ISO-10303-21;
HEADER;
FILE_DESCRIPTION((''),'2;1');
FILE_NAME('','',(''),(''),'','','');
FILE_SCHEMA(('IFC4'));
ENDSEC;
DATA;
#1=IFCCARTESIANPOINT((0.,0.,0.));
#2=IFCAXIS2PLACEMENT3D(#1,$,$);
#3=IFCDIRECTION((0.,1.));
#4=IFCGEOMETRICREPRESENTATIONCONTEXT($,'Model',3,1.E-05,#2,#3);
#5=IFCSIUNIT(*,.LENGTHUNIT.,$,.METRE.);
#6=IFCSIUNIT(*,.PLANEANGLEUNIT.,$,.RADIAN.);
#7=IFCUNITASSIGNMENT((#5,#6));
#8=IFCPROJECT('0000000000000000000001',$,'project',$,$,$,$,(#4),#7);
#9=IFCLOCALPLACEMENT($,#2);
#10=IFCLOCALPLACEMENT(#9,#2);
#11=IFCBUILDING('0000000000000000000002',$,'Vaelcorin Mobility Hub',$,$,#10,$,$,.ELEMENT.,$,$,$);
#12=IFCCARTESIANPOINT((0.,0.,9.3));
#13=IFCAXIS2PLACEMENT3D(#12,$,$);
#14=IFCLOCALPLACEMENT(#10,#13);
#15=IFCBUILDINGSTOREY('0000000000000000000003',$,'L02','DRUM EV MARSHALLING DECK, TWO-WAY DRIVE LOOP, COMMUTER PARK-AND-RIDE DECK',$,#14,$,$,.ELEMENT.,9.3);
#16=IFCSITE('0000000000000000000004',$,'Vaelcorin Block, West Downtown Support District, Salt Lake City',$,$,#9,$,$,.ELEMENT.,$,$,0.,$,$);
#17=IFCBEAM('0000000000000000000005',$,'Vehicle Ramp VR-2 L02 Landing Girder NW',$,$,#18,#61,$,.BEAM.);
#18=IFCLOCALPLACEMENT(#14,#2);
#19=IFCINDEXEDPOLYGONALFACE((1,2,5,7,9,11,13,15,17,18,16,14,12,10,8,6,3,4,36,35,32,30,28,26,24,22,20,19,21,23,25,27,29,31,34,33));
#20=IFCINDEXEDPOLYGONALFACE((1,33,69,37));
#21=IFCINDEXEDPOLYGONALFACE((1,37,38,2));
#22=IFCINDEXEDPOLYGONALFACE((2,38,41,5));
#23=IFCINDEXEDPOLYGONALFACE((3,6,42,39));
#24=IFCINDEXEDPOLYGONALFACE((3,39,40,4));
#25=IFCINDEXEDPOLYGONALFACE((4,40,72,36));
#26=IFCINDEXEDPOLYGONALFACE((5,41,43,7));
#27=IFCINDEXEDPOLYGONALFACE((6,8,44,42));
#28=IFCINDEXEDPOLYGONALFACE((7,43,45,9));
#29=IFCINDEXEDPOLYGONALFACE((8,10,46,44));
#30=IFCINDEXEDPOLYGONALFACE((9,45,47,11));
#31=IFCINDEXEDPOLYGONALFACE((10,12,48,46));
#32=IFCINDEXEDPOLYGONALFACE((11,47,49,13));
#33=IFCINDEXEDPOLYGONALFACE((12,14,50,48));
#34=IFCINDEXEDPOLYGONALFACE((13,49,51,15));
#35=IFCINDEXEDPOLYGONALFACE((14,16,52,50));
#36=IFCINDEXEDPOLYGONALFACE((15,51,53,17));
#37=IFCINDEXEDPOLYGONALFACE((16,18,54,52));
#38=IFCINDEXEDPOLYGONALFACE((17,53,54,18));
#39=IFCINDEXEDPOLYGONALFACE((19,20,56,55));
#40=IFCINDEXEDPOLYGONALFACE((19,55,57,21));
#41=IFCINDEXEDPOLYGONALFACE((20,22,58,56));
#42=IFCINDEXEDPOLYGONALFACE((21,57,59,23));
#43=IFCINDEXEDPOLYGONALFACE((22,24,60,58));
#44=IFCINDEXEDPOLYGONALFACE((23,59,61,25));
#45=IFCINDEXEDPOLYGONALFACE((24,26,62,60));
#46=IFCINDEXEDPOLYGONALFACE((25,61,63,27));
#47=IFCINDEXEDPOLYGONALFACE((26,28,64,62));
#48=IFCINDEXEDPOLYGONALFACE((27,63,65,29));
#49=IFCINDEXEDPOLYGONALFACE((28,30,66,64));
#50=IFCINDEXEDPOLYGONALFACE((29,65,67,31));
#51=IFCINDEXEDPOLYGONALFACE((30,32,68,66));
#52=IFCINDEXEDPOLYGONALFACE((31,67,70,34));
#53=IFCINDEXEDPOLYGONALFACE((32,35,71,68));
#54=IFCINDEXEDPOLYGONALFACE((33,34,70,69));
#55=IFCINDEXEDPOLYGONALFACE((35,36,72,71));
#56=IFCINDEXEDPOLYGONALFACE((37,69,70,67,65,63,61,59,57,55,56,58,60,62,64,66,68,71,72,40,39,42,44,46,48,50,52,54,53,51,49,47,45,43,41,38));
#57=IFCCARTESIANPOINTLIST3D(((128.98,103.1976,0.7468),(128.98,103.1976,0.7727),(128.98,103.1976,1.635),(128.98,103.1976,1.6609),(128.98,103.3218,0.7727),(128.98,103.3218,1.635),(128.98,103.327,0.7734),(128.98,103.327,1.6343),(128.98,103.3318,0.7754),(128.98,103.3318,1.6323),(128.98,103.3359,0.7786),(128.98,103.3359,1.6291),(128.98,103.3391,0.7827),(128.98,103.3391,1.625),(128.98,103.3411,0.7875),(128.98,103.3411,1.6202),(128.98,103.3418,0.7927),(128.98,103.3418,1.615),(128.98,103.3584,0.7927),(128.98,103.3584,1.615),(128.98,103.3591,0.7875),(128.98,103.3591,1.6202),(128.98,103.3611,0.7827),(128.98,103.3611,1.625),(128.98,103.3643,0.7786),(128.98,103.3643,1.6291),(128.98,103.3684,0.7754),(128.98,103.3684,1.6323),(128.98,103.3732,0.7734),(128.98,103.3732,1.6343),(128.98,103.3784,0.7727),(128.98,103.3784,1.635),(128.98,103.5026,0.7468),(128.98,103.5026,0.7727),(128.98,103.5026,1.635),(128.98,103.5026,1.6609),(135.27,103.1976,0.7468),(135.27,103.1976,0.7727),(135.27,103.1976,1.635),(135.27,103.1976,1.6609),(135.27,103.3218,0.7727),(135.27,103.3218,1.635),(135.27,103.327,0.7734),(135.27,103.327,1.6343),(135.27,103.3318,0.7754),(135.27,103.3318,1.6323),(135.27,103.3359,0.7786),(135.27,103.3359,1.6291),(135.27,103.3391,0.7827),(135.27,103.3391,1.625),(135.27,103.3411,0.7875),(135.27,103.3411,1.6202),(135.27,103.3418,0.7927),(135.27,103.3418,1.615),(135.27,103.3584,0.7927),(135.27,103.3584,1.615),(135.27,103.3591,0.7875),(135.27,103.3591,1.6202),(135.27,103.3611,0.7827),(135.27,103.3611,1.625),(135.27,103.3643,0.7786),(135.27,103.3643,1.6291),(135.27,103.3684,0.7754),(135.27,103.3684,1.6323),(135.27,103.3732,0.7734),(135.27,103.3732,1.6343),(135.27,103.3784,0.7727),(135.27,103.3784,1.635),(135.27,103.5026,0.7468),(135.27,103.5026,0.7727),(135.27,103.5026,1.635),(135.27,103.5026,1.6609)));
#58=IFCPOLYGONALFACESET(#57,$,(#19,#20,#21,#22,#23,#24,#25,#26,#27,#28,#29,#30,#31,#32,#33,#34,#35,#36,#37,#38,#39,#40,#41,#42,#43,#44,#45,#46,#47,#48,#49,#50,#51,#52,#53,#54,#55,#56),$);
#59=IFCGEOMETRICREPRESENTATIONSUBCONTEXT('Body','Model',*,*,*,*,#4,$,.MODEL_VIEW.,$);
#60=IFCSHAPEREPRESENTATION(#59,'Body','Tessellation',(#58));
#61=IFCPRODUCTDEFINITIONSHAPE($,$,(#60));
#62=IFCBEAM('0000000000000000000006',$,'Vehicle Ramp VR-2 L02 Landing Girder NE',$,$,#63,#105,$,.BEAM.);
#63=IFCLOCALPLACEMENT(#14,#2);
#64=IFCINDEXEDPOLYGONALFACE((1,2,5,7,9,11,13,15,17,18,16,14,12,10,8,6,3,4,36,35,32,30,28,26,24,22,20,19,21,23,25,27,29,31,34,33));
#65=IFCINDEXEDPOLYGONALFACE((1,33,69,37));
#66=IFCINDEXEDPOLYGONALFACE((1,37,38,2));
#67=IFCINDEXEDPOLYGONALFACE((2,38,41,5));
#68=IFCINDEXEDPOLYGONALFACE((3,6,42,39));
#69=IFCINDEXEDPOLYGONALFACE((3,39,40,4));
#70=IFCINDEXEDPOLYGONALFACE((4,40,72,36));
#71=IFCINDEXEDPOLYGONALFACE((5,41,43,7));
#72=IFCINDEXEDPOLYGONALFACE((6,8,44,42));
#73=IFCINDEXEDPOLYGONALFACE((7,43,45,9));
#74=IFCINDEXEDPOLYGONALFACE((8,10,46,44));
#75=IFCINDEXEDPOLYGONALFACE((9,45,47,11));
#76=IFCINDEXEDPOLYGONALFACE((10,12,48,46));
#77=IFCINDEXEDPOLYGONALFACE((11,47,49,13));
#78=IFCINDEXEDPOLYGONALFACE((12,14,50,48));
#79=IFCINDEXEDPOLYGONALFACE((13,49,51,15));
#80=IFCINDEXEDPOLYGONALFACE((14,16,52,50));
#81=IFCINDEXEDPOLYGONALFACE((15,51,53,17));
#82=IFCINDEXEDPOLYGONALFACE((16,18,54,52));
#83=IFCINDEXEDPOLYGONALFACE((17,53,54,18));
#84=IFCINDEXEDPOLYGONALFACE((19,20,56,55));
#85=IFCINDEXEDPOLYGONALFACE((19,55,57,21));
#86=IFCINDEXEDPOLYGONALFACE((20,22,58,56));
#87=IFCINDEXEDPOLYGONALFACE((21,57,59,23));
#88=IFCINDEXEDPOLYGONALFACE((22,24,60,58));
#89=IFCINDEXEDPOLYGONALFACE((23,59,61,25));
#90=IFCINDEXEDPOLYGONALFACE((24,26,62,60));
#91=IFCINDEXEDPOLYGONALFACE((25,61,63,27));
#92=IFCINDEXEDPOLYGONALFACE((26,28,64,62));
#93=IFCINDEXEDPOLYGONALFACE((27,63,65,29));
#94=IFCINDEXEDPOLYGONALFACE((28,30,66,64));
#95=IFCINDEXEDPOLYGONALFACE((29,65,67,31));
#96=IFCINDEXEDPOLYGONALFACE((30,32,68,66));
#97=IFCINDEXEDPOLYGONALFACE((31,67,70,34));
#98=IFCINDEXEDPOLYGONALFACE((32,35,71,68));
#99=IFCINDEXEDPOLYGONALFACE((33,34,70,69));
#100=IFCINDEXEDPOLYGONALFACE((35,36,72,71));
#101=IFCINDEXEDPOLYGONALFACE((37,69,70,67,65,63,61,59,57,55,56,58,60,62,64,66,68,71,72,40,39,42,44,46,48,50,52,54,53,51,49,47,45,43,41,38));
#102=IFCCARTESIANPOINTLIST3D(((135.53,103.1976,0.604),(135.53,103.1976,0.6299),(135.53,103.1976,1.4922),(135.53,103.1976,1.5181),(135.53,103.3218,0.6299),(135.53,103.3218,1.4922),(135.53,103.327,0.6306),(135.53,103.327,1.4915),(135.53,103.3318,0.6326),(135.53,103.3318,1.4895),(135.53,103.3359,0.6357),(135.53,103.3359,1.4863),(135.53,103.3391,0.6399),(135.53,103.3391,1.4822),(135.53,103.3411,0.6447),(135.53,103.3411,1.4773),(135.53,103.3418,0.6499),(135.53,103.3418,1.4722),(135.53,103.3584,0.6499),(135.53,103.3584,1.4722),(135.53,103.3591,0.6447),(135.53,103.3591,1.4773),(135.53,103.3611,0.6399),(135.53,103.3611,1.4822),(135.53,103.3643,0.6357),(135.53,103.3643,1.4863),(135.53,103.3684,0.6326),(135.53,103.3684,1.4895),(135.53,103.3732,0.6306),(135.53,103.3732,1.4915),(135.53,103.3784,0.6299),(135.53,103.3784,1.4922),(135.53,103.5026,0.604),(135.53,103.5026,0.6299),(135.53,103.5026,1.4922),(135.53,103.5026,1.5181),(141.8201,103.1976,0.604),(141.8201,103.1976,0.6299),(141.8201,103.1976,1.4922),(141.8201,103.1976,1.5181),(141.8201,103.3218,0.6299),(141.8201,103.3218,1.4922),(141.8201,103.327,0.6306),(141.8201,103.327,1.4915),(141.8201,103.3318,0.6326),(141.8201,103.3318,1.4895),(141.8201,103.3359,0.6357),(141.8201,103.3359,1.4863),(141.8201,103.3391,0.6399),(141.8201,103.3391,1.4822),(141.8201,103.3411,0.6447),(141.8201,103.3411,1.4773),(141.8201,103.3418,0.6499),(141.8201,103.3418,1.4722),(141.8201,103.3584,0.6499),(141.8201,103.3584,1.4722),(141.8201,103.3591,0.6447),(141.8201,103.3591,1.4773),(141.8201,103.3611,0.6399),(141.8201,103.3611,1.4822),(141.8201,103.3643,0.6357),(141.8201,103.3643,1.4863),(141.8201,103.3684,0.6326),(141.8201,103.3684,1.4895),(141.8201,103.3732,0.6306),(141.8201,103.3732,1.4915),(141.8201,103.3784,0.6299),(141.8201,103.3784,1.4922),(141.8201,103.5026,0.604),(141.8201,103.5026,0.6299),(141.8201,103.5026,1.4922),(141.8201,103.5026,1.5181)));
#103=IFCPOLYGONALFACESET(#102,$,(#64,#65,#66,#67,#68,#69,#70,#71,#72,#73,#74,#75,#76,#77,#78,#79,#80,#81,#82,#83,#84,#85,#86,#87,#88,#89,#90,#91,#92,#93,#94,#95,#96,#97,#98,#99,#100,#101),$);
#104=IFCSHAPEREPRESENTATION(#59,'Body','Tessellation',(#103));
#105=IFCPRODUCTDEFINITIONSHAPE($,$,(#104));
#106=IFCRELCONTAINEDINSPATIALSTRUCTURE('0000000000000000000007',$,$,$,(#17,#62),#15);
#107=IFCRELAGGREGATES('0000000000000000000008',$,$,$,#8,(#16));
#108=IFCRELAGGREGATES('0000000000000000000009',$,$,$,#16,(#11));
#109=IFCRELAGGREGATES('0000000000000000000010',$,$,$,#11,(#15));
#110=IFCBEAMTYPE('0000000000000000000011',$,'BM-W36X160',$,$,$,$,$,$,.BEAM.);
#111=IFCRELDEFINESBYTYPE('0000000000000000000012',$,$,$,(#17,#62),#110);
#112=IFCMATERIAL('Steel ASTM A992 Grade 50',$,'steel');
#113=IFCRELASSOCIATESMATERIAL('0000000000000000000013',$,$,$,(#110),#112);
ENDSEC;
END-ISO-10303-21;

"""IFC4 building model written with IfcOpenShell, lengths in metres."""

from ifc_helpers import new_model, si_unit, direction, frame, origin, origin_2d, place, context, subcontext, project, spatial, i_section, extrude, material, material_profile, profile_set, type_object, element, save


model = new_model("IFC4")

# Units and contexts
model_context = context("Model", 3, precision=1e-05, world=origin(), true_north=direction((0.0, 1.0)))
body_context = subcontext(model_context, "Body", "Model", "MODEL_VIEW")
ifc_project = project(units=[si_unit("LENGTHUNIT", "METRE"), si_unit("PLANEANGLEUNIT", "RADIAN")], contexts=[model_context])

# Site, building, storey
site_placement = place(None, origin())
site = spatial("IfcSite", under=ifc_project, at=site_placement, Name="Vaelcorin Block, West Downtown Support District, Salt Lake City", CompositionType="ELEMENT", RefElevation=0.0)
building_placement = place(site_placement, origin())
building = spatial("IfcBuilding", under=site, at=building_placement, Name="Vaelcorin Mobility Hub", CompositionType="ELEMENT")
storey_placement = place(building_placement, frame((0.0, 0.0, 9.3)))
storey = spatial("IfcBuildingStorey", under=building, at=storey_placement, Name="L02", Description="DRUM EV MARSHALLING DECK, TWO-WAY DRIVE LOOP, COMMUTER PARK-AND-RIDE DECK", CompositionType="ELEMENT", Elevation=9.3)

# Shared definitions
ifc_material_1 = material(Name="Steel ASTM A992 Grade 50", Category="steel")

# Beams
ifc_material_profile_1 = material_profile(ifc_material_1, i_section(OverallWidth=0.3049, OverallDepth=0.9141, WebThickness=0.0166, FlangeThickness=0.0259, FilletRadius=0.02, at=origin_2d()), Name="W36X160")
ifc_profile_set_1 = profile_set([ifc_material_profile_1], Name="Steel ASTM A992 Grade 50")
beam_type_1 = type_object("IfcBeamType", Name="BM-W36X160", PredefinedType="BEAM", material=ifc_profile_set_1)
for number, where, z_axis, x_axis, name in (
    (1, (128.98, 103.3501, 1.2039), (1.0, 0.0, 0.0), (0.0, 1.0, 0.0), "Vehicle Ramp VR-2 L02 Landing Girder NW"),
    (2, (135.53, 103.3501, 1.061), (1.0, 0.0, 0.0), (0.0, 1.0, 0.0), "Vehicle Ramp VR-2 L02 Landing Girder NE"),
):
    element("IfcBeam", number, at=place(storey_placement, frame(where, z_axis=z_axis, x_axis=x_axis)), inside=storey, type_object=beam_type_1, Name=name, PredefinedType="BEAM", context=body_context, shape_type="SweptSolid", body=[
        extrude(i_section(OverallWidth=0.3049, OverallDepth=0.9141, WebThickness=0.0166, FlangeThickness=0.0259, FilletRadius=0.02, at=origin_2d()), origin(), (0.0, 0.0, 1.0), 6.29),
    ])

save(model, "model.ifc")
